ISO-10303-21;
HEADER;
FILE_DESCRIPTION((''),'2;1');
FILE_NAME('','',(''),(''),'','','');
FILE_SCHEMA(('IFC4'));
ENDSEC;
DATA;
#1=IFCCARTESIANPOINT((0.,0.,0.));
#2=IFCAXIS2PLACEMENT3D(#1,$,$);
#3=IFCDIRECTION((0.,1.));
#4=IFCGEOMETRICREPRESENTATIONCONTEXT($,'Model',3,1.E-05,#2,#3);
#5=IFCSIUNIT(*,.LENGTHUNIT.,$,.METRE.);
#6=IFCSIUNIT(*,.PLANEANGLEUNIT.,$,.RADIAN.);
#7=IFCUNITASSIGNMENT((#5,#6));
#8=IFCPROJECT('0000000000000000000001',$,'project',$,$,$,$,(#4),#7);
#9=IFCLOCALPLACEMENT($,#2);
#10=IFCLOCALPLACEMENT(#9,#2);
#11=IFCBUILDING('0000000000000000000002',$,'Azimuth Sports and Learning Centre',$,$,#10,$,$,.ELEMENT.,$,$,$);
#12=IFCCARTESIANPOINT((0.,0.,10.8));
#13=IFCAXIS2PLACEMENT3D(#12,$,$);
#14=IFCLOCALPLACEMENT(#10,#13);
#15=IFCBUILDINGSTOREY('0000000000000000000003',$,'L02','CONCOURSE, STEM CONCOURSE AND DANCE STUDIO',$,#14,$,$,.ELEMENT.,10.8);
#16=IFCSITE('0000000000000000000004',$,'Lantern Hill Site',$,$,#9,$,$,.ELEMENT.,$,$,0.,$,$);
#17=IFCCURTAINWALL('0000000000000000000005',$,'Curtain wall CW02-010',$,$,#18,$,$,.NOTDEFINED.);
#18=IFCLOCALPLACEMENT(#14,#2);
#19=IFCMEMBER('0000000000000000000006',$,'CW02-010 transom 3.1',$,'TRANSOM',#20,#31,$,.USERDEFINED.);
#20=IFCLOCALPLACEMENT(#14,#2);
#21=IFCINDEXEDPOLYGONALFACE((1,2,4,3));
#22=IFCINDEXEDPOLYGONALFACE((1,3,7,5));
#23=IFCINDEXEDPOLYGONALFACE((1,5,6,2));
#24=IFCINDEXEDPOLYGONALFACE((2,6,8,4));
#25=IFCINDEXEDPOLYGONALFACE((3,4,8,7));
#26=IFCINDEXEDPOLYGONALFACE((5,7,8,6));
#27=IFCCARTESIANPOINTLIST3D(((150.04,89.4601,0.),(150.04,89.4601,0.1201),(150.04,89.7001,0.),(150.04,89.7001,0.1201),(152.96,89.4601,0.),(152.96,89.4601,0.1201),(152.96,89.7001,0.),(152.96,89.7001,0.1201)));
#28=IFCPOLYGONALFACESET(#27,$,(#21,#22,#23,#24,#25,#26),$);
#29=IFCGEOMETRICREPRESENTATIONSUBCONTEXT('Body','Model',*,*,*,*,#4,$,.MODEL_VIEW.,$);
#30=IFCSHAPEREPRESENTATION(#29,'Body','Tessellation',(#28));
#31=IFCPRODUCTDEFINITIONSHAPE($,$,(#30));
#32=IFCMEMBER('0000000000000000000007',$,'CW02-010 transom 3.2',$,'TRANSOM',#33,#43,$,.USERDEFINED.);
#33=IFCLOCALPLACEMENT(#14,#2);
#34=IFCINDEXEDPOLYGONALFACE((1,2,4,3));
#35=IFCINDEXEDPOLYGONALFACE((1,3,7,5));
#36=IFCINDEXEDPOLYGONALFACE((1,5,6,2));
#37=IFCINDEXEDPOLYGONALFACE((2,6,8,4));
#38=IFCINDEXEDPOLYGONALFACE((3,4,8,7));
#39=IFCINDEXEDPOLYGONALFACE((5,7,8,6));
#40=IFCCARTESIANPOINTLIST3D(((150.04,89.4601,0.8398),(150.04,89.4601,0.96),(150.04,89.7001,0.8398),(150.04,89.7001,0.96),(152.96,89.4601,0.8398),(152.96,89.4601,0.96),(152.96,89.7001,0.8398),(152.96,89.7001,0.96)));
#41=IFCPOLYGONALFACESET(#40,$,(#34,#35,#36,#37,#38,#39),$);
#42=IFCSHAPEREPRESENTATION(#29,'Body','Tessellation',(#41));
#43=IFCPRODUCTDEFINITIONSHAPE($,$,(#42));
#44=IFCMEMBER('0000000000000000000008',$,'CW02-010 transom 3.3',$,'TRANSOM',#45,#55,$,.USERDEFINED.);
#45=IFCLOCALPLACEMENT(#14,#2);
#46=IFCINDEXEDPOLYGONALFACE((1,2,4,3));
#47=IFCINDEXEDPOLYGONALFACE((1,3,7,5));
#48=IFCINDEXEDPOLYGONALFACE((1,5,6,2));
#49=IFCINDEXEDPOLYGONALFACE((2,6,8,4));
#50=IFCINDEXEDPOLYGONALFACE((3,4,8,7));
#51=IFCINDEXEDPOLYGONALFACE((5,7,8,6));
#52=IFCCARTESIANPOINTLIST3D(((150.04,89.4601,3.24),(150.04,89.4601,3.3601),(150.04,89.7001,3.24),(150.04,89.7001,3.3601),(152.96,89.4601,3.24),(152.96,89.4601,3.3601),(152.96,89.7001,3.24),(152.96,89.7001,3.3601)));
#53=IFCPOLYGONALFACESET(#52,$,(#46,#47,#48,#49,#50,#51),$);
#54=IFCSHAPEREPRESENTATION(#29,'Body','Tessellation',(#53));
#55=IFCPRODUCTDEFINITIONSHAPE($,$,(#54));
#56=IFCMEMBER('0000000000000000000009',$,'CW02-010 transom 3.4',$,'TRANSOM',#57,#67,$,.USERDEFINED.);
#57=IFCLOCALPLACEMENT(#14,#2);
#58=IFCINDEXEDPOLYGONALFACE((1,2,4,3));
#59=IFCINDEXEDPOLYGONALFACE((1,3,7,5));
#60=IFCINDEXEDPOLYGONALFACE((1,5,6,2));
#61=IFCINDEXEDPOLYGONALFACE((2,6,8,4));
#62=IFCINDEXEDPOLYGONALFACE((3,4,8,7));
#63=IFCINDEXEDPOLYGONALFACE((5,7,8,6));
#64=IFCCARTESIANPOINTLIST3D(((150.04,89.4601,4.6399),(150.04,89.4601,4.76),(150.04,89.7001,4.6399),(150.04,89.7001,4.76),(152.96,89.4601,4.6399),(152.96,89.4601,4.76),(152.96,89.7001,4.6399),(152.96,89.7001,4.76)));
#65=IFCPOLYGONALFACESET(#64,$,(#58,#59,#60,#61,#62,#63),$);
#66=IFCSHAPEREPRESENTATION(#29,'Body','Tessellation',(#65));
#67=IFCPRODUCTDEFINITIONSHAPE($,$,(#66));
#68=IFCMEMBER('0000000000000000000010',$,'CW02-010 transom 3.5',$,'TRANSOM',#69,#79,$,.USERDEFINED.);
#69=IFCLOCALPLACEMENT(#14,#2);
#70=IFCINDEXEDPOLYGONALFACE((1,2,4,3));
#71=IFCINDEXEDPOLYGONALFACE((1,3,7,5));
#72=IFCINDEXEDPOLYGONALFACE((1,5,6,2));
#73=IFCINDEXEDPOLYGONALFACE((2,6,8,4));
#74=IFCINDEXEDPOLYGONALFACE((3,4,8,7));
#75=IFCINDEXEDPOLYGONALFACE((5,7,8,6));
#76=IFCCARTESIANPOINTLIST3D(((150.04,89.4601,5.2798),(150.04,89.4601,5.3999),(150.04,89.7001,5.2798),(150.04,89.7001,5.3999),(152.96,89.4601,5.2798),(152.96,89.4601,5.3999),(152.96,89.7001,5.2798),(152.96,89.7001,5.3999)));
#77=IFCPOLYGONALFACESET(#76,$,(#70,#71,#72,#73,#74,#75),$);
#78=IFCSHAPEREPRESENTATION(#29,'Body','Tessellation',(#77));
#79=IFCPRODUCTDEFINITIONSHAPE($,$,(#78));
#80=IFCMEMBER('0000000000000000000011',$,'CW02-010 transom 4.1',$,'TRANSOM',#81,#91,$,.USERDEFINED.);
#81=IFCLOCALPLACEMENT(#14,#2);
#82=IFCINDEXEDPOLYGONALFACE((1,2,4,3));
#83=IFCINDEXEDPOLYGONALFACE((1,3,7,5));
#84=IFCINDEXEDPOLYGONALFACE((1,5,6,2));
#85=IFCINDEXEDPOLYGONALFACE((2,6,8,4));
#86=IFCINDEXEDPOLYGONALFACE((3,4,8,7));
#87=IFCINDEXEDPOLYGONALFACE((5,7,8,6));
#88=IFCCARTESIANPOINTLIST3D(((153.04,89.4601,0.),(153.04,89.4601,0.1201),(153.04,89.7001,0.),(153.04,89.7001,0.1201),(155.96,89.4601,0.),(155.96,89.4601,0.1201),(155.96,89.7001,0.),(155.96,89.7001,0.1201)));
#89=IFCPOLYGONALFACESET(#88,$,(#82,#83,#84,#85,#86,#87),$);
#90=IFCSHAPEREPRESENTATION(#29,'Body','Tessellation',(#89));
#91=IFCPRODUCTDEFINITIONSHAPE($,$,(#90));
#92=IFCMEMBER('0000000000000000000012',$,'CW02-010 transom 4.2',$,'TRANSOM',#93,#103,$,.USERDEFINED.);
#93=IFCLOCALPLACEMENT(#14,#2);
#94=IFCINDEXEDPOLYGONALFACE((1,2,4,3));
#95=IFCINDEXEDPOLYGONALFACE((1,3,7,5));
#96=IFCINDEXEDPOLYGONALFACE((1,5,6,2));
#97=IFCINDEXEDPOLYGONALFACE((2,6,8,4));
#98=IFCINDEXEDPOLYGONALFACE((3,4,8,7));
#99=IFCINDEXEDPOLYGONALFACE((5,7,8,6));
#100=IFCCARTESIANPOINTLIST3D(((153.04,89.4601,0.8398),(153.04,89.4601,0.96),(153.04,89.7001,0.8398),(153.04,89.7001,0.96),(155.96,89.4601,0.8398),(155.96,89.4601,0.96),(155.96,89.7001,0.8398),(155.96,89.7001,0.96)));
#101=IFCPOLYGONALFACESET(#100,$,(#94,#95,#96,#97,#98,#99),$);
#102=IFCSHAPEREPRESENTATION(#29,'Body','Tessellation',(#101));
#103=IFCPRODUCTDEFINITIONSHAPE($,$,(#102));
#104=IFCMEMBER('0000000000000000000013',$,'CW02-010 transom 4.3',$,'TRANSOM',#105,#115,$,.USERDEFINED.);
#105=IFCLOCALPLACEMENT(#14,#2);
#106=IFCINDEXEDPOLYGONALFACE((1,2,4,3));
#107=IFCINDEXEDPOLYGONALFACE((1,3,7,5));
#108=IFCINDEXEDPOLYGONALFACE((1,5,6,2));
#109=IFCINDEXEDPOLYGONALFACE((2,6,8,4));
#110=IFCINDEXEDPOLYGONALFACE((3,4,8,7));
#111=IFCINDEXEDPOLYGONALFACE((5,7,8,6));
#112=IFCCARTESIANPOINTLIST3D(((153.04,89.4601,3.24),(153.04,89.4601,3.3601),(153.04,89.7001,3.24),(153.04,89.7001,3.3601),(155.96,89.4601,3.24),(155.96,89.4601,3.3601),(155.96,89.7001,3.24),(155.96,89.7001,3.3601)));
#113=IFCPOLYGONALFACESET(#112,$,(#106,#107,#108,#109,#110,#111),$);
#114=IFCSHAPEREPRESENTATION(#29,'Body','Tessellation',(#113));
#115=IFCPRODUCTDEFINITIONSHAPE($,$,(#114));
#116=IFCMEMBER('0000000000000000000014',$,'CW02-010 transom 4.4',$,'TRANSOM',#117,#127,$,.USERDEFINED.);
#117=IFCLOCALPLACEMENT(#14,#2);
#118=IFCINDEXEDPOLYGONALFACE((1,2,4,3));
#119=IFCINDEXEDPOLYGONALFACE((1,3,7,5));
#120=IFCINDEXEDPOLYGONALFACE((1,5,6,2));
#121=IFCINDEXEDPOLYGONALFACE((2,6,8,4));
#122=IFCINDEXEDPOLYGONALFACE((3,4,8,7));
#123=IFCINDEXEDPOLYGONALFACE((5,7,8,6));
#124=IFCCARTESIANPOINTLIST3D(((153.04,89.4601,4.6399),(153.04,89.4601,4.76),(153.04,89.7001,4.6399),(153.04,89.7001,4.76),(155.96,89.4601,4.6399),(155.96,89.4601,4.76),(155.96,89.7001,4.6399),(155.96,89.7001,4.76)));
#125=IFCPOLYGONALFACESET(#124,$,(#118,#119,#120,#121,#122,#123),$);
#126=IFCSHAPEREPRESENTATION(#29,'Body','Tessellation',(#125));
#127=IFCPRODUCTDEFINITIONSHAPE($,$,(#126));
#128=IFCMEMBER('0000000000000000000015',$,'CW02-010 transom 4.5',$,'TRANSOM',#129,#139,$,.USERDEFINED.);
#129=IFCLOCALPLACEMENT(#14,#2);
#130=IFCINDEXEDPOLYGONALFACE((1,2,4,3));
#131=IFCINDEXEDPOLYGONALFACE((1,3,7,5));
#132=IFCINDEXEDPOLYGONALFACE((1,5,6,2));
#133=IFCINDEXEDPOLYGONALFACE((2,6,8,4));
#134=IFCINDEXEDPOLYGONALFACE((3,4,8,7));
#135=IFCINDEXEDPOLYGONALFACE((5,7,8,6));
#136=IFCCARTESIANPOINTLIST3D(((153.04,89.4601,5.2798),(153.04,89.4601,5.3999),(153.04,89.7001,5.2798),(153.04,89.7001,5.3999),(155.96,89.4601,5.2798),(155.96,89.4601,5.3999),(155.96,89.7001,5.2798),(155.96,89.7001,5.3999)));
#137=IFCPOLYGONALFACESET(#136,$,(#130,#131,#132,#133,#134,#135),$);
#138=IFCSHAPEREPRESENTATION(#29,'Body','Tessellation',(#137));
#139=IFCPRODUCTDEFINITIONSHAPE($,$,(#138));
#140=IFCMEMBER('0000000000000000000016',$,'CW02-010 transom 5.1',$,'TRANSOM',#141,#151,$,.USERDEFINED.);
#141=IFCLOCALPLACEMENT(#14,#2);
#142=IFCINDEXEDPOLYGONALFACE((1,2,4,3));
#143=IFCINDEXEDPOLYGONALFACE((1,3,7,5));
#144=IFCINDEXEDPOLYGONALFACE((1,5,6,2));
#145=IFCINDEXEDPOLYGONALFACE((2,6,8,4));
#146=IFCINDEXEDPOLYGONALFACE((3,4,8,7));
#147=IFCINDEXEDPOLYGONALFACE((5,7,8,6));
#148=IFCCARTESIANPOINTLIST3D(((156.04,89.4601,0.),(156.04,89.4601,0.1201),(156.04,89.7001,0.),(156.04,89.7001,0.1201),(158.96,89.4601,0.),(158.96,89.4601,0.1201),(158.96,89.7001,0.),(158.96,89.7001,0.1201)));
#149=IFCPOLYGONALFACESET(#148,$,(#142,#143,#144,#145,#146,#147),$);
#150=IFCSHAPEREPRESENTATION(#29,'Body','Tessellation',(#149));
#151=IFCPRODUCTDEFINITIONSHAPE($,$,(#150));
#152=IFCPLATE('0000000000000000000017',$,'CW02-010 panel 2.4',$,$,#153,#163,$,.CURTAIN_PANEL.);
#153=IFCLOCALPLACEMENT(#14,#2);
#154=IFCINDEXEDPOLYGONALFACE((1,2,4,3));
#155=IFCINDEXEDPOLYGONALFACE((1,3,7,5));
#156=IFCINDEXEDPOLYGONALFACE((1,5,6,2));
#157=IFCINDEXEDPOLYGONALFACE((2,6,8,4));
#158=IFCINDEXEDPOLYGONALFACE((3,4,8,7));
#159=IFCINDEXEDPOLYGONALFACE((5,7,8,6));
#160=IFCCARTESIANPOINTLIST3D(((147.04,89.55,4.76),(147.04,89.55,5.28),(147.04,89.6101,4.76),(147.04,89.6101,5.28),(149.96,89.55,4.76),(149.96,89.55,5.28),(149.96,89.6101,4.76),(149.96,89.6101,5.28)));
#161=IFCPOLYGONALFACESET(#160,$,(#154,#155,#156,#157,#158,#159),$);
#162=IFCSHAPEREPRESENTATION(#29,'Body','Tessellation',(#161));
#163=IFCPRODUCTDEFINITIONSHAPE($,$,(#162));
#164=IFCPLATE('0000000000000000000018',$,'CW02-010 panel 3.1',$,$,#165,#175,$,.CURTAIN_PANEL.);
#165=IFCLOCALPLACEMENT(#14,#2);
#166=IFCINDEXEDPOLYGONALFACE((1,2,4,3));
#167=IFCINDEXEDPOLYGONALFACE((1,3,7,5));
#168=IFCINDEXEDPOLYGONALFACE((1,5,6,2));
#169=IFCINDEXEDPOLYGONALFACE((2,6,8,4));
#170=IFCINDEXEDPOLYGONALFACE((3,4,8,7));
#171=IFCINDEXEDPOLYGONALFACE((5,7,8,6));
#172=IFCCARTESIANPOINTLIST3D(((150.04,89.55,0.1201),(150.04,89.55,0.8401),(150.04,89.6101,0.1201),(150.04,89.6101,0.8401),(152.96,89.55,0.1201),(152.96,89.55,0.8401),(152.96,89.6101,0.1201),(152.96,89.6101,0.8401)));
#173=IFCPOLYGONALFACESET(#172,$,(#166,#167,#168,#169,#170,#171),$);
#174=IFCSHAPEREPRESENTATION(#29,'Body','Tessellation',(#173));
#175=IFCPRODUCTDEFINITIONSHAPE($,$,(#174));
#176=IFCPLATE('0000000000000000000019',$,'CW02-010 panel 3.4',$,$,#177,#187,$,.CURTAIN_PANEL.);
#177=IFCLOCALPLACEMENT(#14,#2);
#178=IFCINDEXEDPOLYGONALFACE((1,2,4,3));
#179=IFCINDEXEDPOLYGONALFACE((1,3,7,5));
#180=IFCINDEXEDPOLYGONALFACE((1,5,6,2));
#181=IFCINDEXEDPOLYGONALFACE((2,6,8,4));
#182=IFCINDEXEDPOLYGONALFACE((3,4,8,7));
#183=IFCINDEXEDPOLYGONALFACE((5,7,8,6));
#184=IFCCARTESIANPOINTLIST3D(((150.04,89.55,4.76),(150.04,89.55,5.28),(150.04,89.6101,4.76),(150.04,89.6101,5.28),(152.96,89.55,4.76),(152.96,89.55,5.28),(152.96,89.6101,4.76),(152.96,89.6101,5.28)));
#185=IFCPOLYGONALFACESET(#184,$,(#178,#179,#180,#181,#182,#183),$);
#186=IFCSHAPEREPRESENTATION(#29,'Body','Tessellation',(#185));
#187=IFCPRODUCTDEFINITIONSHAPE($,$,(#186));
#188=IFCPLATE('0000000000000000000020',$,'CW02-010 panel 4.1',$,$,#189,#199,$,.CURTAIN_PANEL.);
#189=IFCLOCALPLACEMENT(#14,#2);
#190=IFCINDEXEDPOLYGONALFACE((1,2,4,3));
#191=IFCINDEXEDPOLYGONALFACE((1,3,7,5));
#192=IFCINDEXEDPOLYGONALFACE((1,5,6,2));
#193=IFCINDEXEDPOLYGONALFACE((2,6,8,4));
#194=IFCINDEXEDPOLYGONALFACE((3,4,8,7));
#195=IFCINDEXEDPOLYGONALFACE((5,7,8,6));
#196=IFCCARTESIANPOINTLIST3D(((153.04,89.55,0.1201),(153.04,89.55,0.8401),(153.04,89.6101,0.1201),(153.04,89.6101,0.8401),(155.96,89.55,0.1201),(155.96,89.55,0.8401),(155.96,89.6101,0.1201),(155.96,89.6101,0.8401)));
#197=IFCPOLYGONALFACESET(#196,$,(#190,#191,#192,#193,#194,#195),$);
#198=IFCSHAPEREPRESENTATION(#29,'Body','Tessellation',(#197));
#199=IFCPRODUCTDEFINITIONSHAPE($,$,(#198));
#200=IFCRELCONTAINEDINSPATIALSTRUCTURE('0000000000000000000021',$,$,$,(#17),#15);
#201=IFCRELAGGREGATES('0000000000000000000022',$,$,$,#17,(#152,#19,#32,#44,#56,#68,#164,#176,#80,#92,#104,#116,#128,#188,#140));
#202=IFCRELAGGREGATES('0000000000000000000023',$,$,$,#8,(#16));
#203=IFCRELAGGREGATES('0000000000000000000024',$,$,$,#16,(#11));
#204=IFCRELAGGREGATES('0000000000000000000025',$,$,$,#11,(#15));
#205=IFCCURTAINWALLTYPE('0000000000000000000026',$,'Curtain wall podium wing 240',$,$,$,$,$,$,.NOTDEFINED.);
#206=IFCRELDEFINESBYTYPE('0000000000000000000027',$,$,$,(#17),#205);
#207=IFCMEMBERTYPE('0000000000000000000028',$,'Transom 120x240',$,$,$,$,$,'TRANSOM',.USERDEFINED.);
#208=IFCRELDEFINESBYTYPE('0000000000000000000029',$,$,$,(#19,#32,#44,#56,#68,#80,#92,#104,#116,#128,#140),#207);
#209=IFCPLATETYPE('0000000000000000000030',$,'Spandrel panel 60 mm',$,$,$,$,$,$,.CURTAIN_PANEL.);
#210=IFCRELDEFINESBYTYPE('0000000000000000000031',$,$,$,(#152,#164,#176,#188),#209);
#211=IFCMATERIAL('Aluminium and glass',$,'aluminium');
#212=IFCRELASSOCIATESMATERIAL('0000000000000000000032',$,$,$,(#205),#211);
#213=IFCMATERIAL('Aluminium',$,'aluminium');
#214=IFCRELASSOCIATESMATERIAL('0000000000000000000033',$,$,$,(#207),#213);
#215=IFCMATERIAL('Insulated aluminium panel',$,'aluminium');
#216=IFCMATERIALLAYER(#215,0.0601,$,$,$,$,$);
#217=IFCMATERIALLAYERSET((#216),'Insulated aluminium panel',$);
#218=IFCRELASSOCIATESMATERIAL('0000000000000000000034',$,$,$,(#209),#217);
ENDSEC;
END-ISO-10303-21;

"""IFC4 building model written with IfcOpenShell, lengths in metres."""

from ifc_helpers import new_model, si_unit, direction, frame, origin, origin_2d, place, context, subcontext, project, spatial, rectangle, extrude, material, layer, layer_set, material_profile, profile_set, type_object, element, aggregate, save


model = new_model("IFC4")

# Units and contexts
model_context = context("Model", 3, precision=1e-05, world=origin(), true_north=direction((0.0, 1.0)))
body_context = subcontext(model_context, "Body", "Model", "MODEL_VIEW")
ifc_project = project(units=[si_unit("LENGTHUNIT", "METRE"), si_unit("PLANEANGLEUNIT", "RADIAN")], contexts=[model_context])

# Site, building, storey
site_placement = place(None, origin())
site = spatial("IfcSite", under=ifc_project, at=site_placement, Name="Lantern Hill Site", CompositionType="ELEMENT", RefElevation=0.0)
building_placement = place(site_placement, origin())
building = spatial("IfcBuilding", under=site, at=building_placement, Name="Azimuth Sports and Learning Centre", CompositionType="ELEMENT")
storey_placement = place(building_placement, frame((0.0, 0.0, 10.8)))
storey = spatial("IfcBuildingStorey", under=building, at=storey_placement, Name="L02", Description="CONCOURSE, STEM CONCOURSE AND DANCE STUDIO", CompositionType="ELEMENT", Elevation=10.8)

# Curtain wall, members, plates
ifc_material_1 = material(Name="Aluminium and glass", Category="aluminium")
curtain_wall_type = type_object("IfcCurtainWallType", Name="Curtain wall podium wing 240", PredefinedType="NOTDEFINED", material=ifc_material_1)
curtain_wall_placement = place(storey_placement, origin())
curtain_wall = element("IfcCurtainWall", 1, at=curtain_wall_placement, inside=storey, type_object=curtain_wall_type, Name="Curtain wall CW02-010", PredefinedType="NOTDEFINED")
ifc_material_2 = material(Name="Aluminium", Category="aluminium")
ifc_material_profile_1 = material_profile(ifc_material_2, rectangle(XDim=0.24, YDim=0.1201, at=origin_2d()), Name="Transom 120x240")
ifc_profile_set_1 = profile_set([ifc_material_profile_1], Name="Aluminium")
member_type_1 = type_object("IfcMemberType", Name="Transom 120x240", ElementType="TRANSOM", PredefinedType="USERDEFINED", material=ifc_profile_set_1)
member_1_placement = place(storey_placement, frame((150.04, 89.5801, 0.0601), z_axis=(1.0, 0.0, 0.0), x_axis=(0.0, 1.0, 0.0)))
member_1 = element("IfcMember", 2, at=member_1_placement, type_object=member_type_1, Name="CW02-010 transom 3.1", ObjectType="TRANSOM", PredefinedType="USERDEFINED", context=body_context, shape_type="SweptSolid", body=[
    extrude(rectangle(XDim=0.24, YDim=0.1201, at=origin_2d()), origin(), (0.0, 0.0, 1.0), 2.9199),
])
member_2_placement = place(storey_placement, frame((150.04, 89.5801, 0.8999), z_axis=(1.0, 0.0, 0.0), x_axis=(0.0, 1.0, 0.0)))
member_2 = element("IfcMember", 3, at=member_2_placement, type_object=member_type_1, Name="CW02-010 transom 3.2", ObjectType="TRANSOM", PredefinedType="USERDEFINED", context=body_context, shape_type="SweptSolid", body=[
    extrude(rectangle(XDim=0.24, YDim=0.1201, at=origin_2d()), origin(), (0.0, 0.0, 1.0), 2.9199),
])
member_3_placement = place(storey_placement, frame((150.04, 89.5801, 3.3), z_axis=(1.0, 0.0, 0.0), x_axis=(0.0, 1.0, 0.0)))
member_3 = element("IfcMember", 4, at=member_3_placement, type_object=member_type_1, Name="CW02-010 transom 3.3", ObjectType="TRANSOM", PredefinedType="USERDEFINED", context=body_context, shape_type="SweptSolid", body=[
    extrude(rectangle(XDim=0.24, YDim=0.1201, at=origin_2d()), origin(), (0.0, 0.0, 1.0), 2.9199),
])
member_4_placement = place(storey_placement, frame((150.04, 89.5801, 4.7), z_axis=(1.0, 0.0, 0.0), x_axis=(0.0, 1.0, 0.0)))
member_4 = element("IfcMember", 5, at=member_4_placement, type_object=member_type_1, Name="CW02-010 transom 3.4", ObjectType="TRANSOM", PredefinedType="USERDEFINED", context=body_context, shape_type="SweptSolid", body=[
    extrude(rectangle(XDim=0.24, YDim=0.1201, at=origin_2d()), origin(), (0.0, 0.0, 1.0), 2.9199),
])
member_5_placement = place(storey_placement, frame((150.04, 89.5801, 5.3398), z_axis=(1.0, 0.0, 0.0), x_axis=(0.0, 1.0, 0.0)))
member_5 = element("IfcMember", 6, at=member_5_placement, type_object=member_type_1, Name="CW02-010 transom 3.5", ObjectType="TRANSOM", PredefinedType="USERDEFINED", context=body_context, shape_type="SweptSolid", body=[
    extrude(rectangle(XDim=0.24, YDim=0.1201, at=origin_2d()), origin(), (0.0, 0.0, 1.0), 2.9199),
])
member_6_placement = place(storey_placement, frame((153.04, 89.5801, 0.0601), z_axis=(1.0, 0.0, 0.0), x_axis=(0.0, 1.0, 0.0)))
member_6 = element("IfcMember", 7, at=member_6_placement, type_object=member_type_1, Name="CW02-010 transom 4.1", ObjectType="TRANSOM", PredefinedType="USERDEFINED", context=body_context, shape_type="SweptSolid", body=[
    extrude(rectangle(XDim=0.24, YDim=0.1201, at=origin_2d()), origin(), (0.0, 0.0, 1.0), 2.9199),
])
member_7_placement = place(storey_placement, frame((153.04, 89.5801, 0.8999), z_axis=(1.0, 0.0, 0.0), x_axis=(0.0, 1.0, 0.0)))
member_7 = element("IfcMember", 8, at=member_7_placement, type_object=member_type_1, Name="CW02-010 transom 4.2", ObjectType="TRANSOM", PredefinedType="USERDEFINED", context=body_context, shape_type="SweptSolid", body=[
    extrude(rectangle(XDim=0.24, YDim=0.1201, at=origin_2d()), origin(), (0.0, 0.0, 1.0), 2.9199),
])
member_8_placement = place(storey_placement, frame((153.04, 89.5801, 3.3), z_axis=(1.0, 0.0, 0.0), x_axis=(0.0, 1.0, 0.0)))
member_8 = element("IfcMember", 9, at=member_8_placement, type_object=member_type_1, Name="CW02-010 transom 4.3", ObjectType="TRANSOM", PredefinedType="USERDEFINED", context=body_context, shape_type="SweptSolid", body=[
    extrude(rectangle(XDim=0.24, YDim=0.1201, at=origin_2d()), origin(), (0.0, 0.0, 1.0), 2.9199),
])
member_9_placement = place(storey_placement, frame((153.04, 89.5801, 4.7), z_axis=(1.0, 0.0, 0.0), x_axis=(0.0, 1.0, 0.0)))
member_9 = element("IfcMember", 10, at=member_9_placement, type_object=member_type_1, Name="CW02-010 transom 4.4", ObjectType="TRANSOM", PredefinedType="USERDEFINED", context=body_context, shape_type="SweptSolid", body=[
    extrude(rectangle(XDim=0.24, YDim=0.1201, at=origin_2d()), origin(), (0.0, 0.0, 1.0), 2.9199),
])
member_10_placement = place(storey_placement, frame((153.04, 89.5801, 5.3398), z_axis=(1.0, 0.0, 0.0), x_axis=(0.0, 1.0, 0.0)))
member_10 = element("IfcMember", 11, at=member_10_placement, type_object=member_type_1, Name="CW02-010 transom 4.5", ObjectType="TRANSOM", PredefinedType="USERDEFINED", context=body_context, shape_type="SweptSolid", body=[
    extrude(rectangle(XDim=0.24, YDim=0.1201, at=origin_2d()), origin(), (0.0, 0.0, 1.0), 2.9199),
])
member_11_placement = place(storey_placement, frame((156.04, 89.5801, 0.0601), z_axis=(1.0, 0.0, 0.0), x_axis=(0.0, 1.0, 0.0)))
member_11 = element("IfcMember", 12, at=member_11_placement, type_object=member_type_1, Name="CW02-010 transom 5.1", ObjectType="TRANSOM", PredefinedType="USERDEFINED", context=body_context, shape_type="SweptSolid", body=[
    extrude(rectangle(XDim=0.24, YDim=0.1201, at=origin_2d()), origin(), (0.0, 0.0, 1.0), 2.9199),
])
ifc_material_3 = material(Name="Insulated aluminium panel", Category="aluminium")
ifc_layer_1 = layer(ifc_material_3, 0.0601)
ifc_layer_set_1 = layer_set([ifc_layer_1], Name="Insulated aluminium panel")
plate_type_1 = type_object("IfcPlateType", Name="Spandrel panel 60 mm", PredefinedType="CURTAIN_PANEL", material=ifc_layer_set_1)
plate_1_placement = place(storey_placement, frame((148.5, 89.5801, 4.76), z_axis=(0.0, 0.0, 1.0), x_axis=(1.0, 0.0, 0.0)))
plate_1 = element("IfcPlate", 13, at=plate_1_placement, type_object=plate_type_1, Name="CW02-010 panel 2.4", PredefinedType="CURTAIN_PANEL", context=body_context, shape_type="SweptSolid", body=[
    extrude(rectangle(XDim=2.9199, YDim=0.0601, at=origin_2d()), origin(), (0.0, 0.0, 1.0), 0.52),
])
plate_2_placement = place(storey_placement, frame((151.5, 89.5801, 0.1201), z_axis=(0.0, 0.0, 1.0), x_axis=(1.0, 0.0, 0.0)))
plate_2 = element("IfcPlate", 14, at=plate_2_placement, type_object=plate_type_1, Name="CW02-010 panel 3.1", PredefinedType="CURTAIN_PANEL", context=body_context, shape_type="SweptSolid", body=[
    extrude(rectangle(XDim=2.9199, YDim=0.0601, at=origin_2d()), origin(), (0.0, 0.0, 1.0), 0.72),
])
plate_3_placement = place(storey_placement, frame((151.5, 89.5801, 4.76), z_axis=(0.0, 0.0, 1.0), x_axis=(1.0, 0.0, 0.0)))
plate_3 = element("IfcPlate", 15, at=plate_3_placement, type_object=plate_type_1, Name="CW02-010 panel 3.4", PredefinedType="CURTAIN_PANEL", context=body_context, shape_type="SweptSolid", body=[
    extrude(rectangle(XDim=2.9199, YDim=0.0601, at=origin_2d()), origin(), (0.0, 0.0, 1.0), 0.52),
])
plate_4_placement = place(storey_placement, frame((154.5, 89.5801, 0.1201), z_axis=(0.0, 0.0, 1.0), x_axis=(1.0, 0.0, 0.0)))
plate_4 = element("IfcPlate", 16, at=plate_4_placement, type_object=plate_type_1, Name="CW02-010 panel 4.1", PredefinedType="CURTAIN_PANEL", context=body_context, shape_type="SweptSolid", body=[
    extrude(rectangle(XDim=2.9199, YDim=0.0601, at=origin_2d()), origin(), (0.0, 0.0, 1.0), 0.72),
])
aggregate(curtain_wall, [plate_1, member_1, member_2, member_3, member_4, member_5, plate_2, plate_3, member_6, member_7, member_8, member_9, member_10, plate_4, member_11])

save(model, "model.ifc")
